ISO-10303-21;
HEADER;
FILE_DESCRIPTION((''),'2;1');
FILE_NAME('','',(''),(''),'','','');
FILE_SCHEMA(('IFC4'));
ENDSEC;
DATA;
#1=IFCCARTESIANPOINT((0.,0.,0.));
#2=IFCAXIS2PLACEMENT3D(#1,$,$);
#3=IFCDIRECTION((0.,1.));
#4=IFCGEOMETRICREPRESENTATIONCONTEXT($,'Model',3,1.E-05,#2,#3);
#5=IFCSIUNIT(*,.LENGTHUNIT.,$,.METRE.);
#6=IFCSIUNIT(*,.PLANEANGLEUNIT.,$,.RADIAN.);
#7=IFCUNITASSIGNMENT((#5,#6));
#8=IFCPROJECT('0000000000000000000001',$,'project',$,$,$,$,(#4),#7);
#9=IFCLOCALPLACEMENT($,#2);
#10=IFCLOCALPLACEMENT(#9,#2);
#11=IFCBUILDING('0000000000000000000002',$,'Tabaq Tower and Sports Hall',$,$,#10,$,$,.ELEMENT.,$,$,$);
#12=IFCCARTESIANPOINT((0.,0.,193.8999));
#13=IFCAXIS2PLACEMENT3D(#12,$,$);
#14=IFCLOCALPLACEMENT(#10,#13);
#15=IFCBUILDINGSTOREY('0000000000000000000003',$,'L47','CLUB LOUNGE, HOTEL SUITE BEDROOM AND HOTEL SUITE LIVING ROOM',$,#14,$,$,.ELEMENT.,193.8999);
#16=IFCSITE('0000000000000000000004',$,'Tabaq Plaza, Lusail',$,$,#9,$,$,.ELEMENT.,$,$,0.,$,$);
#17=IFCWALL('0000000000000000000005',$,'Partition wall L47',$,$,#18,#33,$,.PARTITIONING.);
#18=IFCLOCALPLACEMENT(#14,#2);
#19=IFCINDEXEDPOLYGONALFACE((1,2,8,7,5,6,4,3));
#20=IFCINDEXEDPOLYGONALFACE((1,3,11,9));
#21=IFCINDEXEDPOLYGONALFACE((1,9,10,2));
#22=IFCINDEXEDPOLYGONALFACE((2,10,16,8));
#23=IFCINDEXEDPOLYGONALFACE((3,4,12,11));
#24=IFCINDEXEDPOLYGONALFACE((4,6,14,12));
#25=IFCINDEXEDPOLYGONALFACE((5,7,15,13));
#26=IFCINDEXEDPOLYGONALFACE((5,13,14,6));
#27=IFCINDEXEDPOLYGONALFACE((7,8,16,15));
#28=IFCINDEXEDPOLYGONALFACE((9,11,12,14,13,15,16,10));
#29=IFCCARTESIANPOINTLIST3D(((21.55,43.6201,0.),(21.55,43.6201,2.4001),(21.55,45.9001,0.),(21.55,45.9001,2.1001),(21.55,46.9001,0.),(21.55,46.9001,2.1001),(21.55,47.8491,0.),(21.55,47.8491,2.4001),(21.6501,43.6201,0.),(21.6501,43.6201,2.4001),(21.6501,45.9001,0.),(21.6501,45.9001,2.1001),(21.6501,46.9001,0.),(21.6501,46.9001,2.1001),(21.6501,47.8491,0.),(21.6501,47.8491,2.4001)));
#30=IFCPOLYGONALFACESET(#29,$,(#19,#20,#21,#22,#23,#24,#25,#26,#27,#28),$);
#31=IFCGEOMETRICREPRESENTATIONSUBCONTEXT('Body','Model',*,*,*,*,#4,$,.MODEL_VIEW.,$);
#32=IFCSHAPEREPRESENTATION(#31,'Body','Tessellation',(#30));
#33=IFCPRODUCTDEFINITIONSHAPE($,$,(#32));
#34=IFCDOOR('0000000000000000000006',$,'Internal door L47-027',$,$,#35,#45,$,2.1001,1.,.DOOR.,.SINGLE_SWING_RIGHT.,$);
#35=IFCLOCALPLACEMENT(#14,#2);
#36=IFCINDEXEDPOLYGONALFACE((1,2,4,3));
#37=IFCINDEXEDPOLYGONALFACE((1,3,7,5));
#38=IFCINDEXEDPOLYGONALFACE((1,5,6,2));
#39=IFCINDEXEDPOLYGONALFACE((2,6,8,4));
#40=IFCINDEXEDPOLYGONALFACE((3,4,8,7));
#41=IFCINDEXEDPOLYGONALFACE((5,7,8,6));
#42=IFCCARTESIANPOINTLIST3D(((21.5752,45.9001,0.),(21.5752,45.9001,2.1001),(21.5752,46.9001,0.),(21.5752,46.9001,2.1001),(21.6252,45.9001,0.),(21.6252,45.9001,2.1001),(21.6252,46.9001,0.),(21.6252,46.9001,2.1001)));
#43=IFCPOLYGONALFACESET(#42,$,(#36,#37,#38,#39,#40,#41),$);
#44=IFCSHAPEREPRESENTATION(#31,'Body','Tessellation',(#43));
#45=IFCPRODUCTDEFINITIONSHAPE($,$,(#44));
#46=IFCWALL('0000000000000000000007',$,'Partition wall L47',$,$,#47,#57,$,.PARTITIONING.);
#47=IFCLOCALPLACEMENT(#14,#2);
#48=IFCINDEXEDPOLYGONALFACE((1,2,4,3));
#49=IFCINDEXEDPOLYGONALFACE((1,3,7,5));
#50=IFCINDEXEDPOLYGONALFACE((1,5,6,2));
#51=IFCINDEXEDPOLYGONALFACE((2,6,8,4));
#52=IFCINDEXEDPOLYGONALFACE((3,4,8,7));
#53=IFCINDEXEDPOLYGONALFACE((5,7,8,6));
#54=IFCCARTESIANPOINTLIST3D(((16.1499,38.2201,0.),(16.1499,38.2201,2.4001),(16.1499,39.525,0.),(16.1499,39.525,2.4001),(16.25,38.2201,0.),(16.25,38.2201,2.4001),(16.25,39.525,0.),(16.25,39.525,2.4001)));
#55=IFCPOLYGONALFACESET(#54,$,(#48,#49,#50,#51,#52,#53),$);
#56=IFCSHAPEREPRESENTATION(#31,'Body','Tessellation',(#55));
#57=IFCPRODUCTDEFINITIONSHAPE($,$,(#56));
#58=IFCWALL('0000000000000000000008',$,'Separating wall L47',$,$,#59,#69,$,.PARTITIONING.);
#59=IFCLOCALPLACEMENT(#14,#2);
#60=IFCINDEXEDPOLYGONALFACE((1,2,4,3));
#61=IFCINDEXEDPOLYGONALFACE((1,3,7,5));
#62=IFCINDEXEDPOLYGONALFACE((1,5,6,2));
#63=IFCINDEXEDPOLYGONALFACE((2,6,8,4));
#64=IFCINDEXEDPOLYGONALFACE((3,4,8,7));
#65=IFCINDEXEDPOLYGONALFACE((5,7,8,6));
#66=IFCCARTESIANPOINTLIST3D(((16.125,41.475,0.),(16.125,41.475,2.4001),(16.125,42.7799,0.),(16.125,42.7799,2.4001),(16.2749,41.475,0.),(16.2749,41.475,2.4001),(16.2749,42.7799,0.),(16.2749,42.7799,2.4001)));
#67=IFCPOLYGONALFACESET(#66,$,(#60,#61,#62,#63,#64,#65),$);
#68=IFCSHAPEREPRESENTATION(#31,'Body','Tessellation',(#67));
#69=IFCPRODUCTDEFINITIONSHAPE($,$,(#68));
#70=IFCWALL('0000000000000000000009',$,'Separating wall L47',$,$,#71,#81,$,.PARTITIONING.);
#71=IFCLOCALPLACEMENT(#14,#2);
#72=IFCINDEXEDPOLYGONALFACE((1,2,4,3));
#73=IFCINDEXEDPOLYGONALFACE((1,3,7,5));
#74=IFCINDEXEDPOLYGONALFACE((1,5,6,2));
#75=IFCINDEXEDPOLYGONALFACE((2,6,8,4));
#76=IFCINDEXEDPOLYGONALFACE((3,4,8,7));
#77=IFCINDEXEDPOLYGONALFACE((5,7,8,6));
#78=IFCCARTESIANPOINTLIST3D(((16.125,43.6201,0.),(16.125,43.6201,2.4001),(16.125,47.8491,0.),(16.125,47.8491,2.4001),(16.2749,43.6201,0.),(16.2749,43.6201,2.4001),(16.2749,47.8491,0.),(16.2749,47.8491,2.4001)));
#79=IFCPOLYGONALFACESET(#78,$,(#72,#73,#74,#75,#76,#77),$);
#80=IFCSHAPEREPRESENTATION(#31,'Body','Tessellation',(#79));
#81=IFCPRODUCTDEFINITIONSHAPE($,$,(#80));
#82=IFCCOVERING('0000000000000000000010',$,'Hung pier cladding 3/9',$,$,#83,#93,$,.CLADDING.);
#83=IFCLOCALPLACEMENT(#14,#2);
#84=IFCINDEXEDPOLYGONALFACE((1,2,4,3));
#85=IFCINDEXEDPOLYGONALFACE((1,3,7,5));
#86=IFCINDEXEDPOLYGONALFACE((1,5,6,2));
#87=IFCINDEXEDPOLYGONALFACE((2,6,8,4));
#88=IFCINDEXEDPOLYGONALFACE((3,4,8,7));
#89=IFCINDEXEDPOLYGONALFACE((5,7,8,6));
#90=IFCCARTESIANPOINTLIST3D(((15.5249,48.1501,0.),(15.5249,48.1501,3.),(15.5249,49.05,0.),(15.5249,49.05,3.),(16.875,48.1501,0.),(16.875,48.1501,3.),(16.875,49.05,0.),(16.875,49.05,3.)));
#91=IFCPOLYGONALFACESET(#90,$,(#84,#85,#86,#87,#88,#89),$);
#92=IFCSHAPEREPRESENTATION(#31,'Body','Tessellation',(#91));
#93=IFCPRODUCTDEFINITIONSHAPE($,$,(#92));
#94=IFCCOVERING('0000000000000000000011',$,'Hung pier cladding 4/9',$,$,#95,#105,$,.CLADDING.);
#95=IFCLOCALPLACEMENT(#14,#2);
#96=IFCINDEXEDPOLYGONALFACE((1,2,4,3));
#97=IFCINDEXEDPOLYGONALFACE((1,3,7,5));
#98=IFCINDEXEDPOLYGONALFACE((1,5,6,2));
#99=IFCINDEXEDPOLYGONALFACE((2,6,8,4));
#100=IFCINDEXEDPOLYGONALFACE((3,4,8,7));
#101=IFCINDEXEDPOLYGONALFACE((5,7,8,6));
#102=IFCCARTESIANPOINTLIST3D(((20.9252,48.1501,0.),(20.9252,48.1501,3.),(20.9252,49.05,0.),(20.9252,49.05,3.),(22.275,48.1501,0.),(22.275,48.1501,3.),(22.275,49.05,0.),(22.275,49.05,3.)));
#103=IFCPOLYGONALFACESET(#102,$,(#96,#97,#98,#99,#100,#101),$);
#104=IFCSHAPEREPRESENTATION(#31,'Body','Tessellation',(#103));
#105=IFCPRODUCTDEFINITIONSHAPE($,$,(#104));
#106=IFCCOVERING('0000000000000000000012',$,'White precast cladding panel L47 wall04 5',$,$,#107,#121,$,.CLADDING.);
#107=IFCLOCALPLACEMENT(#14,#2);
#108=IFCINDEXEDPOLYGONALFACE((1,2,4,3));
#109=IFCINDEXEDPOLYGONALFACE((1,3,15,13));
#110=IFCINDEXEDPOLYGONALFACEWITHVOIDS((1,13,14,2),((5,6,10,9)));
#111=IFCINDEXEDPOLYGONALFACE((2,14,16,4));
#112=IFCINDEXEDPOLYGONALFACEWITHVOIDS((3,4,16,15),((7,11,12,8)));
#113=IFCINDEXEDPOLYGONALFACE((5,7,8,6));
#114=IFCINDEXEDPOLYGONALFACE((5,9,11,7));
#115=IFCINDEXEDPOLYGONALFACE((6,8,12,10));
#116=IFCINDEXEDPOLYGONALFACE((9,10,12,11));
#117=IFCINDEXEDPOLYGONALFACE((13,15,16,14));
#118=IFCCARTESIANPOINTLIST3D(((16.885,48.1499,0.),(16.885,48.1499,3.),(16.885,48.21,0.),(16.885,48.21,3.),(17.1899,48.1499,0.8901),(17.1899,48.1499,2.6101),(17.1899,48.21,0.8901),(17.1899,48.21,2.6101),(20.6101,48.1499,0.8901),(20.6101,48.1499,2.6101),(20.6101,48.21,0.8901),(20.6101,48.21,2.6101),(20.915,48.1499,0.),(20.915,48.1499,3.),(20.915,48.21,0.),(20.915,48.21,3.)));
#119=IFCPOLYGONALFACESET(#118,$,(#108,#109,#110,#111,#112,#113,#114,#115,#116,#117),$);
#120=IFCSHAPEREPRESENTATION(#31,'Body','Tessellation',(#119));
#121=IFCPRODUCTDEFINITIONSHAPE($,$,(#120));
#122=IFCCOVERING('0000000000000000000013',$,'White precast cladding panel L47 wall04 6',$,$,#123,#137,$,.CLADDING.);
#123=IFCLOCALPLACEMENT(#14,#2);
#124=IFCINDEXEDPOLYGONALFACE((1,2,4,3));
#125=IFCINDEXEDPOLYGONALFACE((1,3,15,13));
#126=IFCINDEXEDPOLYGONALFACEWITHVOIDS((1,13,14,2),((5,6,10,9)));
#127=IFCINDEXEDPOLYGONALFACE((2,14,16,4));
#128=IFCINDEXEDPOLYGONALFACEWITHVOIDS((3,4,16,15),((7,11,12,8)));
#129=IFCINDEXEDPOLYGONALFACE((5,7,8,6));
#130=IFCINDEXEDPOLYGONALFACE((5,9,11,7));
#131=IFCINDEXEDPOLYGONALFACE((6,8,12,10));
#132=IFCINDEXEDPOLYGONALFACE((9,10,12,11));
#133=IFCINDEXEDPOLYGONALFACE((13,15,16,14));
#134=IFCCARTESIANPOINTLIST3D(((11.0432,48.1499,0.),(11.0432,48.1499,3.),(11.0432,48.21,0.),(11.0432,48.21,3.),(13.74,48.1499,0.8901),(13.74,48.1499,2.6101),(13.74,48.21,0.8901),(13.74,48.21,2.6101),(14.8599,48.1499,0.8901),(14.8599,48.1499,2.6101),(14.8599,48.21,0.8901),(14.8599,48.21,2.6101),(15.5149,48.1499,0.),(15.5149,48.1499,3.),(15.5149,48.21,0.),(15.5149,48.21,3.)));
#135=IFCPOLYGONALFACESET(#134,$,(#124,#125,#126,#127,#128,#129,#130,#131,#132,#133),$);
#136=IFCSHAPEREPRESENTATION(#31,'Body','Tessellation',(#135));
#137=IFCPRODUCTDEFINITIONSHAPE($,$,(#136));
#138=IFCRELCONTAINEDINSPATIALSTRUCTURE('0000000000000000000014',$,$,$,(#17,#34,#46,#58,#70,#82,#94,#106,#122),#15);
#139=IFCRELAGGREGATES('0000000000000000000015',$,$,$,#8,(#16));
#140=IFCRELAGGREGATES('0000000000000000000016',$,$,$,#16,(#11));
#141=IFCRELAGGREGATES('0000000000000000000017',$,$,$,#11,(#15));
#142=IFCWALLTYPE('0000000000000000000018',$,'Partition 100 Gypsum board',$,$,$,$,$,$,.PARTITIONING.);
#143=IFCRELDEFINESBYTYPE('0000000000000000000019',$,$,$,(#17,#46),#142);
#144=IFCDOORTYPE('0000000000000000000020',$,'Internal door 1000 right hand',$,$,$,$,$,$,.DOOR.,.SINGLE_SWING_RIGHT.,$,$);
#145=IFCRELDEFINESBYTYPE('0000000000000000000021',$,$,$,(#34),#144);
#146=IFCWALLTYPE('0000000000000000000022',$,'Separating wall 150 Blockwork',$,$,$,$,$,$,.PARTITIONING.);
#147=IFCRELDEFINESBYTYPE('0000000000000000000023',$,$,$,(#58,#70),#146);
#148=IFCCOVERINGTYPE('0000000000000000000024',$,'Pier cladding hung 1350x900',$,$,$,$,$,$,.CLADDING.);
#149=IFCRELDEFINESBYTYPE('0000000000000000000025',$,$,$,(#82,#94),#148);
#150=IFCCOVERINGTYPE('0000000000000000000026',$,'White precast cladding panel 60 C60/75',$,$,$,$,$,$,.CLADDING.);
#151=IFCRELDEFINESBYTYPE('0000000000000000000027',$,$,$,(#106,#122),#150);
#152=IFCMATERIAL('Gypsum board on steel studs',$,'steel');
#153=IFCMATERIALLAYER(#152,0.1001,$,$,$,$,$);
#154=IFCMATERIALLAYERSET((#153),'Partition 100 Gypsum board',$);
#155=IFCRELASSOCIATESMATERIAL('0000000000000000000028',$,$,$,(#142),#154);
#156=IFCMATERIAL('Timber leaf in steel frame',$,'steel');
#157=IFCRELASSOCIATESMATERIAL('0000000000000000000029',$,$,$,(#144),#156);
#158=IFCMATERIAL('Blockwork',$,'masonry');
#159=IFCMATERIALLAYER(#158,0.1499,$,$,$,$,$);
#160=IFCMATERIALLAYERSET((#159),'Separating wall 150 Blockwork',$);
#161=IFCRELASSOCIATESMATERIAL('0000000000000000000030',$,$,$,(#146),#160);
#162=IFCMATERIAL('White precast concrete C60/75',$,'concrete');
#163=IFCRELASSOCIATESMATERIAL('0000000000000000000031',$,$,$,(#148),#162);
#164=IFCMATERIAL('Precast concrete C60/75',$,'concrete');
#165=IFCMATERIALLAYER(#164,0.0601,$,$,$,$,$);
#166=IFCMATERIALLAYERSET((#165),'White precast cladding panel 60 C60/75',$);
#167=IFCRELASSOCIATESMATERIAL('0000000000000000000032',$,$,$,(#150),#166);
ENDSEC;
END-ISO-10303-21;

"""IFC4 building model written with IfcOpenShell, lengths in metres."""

from ifc_helpers import new_model, si_unit, direction, frame, frame_2d, origin, place, context, subcontext, project, spatial, polyline, rectangle, outline, extrude, material, layer, layer_set, type_object, element, fill, save


model = new_model("IFC4")

# Units and contexts
model_context = context("Model", 3, precision=1e-05, world=origin(), true_north=direction((0.0, 1.0)))
body_context = subcontext(model_context, "Body", "Model", "MODEL_VIEW")
ifc_project = project(units=[si_unit("LENGTHUNIT", "METRE"), si_unit("PLANEANGLEUNIT", "RADIAN")], contexts=[model_context])

# Site, building, storey
site_placement = place(None, origin())
site = spatial("IfcSite", under=ifc_project, at=site_placement, Name="Tabaq Plaza, Lusail", CompositionType="ELEMENT", RefElevation=0.0)
building_placement = place(site_placement, origin())
building = spatial("IfcBuilding", under=site, at=building_placement, Name="Tabaq Tower and Sports Hall", CompositionType="ELEMENT")
storey_placement = place(building_placement, frame((0.0, 0.0, 193.8999)))
storey = spatial("IfcBuildingStorey", under=building, at=storey_placement, Name="L47", Description="CLUB LOUNGE, HOTEL SUITE BEDROOM AND HOTEL SUITE LIVING ROOM", CompositionType="ELEMENT", Elevation=193.8999)

# Shared definitions
ifc_material_1 = material(Name="Gypsum board on steel studs", Category="steel")
ifc_layer_1 = layer(ifc_material_1, 0.1001)
ifc_layer_set_1 = layer_set([ifc_layer_1], Name="Partition 100 Gypsum board")
wall_type_1 = type_object("IfcWallType", Name="Partition 100 Gypsum board", PredefinedType="PARTITIONING", material=ifc_layer_set_1)

# Wall, opening, door
wall_1_placement = place(storey_placement, frame((21.6001, 43.6201, 0.0), z_axis=(0.0, 0.0, 1.0), x_axis=(0.0, 1.0, 0.0)))
wall_1 = element("IfcWall", 1, at=wall_1_placement, inside=storey, type_object=wall_type_1, Name="Partition wall L47", PredefinedType="PARTITIONING", context=body_context, shape_type="SweptSolid", body=[
    extrude(rectangle(XDim=4.229, YDim=0.1001, at=frame_2d((2.1145, 0.0))), origin(), (0.0, 0.0, 1.0), 2.4001),
])
opening_1_placement = place(wall_1_placement, frame((2.28, 0.0, 0.0)))
opening_1 = element("IfcOpeningElement", 2, at=opening_1_placement, cuts=wall_1, PredefinedType="OPENING", context=body_context, shape_type="SweptSolid", body=[
    extrude(rectangle(XDim=1.0, YDim=2.1001, at=frame_2d((0.5, 1.05))), frame((0.0, 0.05, 0.0), z_axis=(0.0, -1.0, 0.0), x_axis=(1.0, 0.0, 0.0)), (0.0, 0.0, 1.0), 0.1001),
])
ifc_material_2 = material(Name="Timber leaf in steel frame", Category="steel")
door_type_1 = type_object("IfcDoorType", Name="Internal door 1000 right hand", OperationType="SINGLE_SWING_RIGHT", PredefinedType="DOOR", material=ifc_material_2)
door_1_placement = place(opening_1_placement, origin())
door_1 = element("IfcDoor", 3, at=door_1_placement, inside=storey, type_object=door_type_1, Name="Internal door L47-027", OperationType="SINGLE_SWING_RIGHT", OverallHeight=2.1001, OverallWidth=1.0, PredefinedType="DOOR", context=body_context, shape_type="SweptSolid", body=[
    extrude(rectangle(XDim=1.0, YDim=2.1001, at=frame_2d((0.5, 1.05))), frame((0.0, 0.0249, 0.0), z_axis=(0.0, -1.0, 0.0), x_axis=(1.0, 0.0, 0.0)), (0.0, 0.0, 1.0), 0.05),
])
fill(opening_1, door_1)

# Walls
wall_2_placement = place(storey_placement, frame((16.2, 39.5249, 0.0), z_axis=(0.0, 0.0, 1.0), x_axis=(0.0, -1.0, 0.0)))
element("IfcWall", 4, at=wall_2_placement, inside=storey, type_object=wall_type_1, Name="Partition wall L47", PredefinedType="PARTITIONING", context=body_context, shape_type="SweptSolid", body=[
    extrude(rectangle(XDim=1.3049, YDim=0.1001, at=frame_2d((0.6523, 0.0))), origin(), (0.0, 0.0, 1.0), 2.4001),
])
ifc_material_3 = material(Name="Blockwork", Category="masonry")
ifc_layer_2 = layer(ifc_material_3, 0.1499)
ifc_layer_set_2 = layer_set([ifc_layer_2], Name="Separating wall 150 Blockwork")
wall_type_2 = type_object("IfcWallType", Name="Separating wall 150 Blockwork", PredefinedType="PARTITIONING", material=ifc_layer_set_2)
wall_3_placement = place(storey_placement, frame((16.2, 41.4751, 0.0), z_axis=(0.0, 0.0, 1.0), x_axis=(0.0, 1.0, 0.0)))
element("IfcWall", 5, at=wall_3_placement, inside=storey, type_object=wall_type_2, Name="Separating wall L47", PredefinedType="PARTITIONING", context=body_context, shape_type="SweptSolid", body=[
    extrude(rectangle(XDim=1.3049, YDim=0.1499, at=frame_2d((0.6523, 0.0))), origin(), (0.0, 0.0, 1.0), 2.4001),
])
wall_4_placement = place(storey_placement, frame((16.2, 43.6201, 0.0), z_axis=(0.0, 0.0, 1.0), x_axis=(0.0, 1.0, 0.0)))
element("IfcWall", 6, at=wall_4_placement, inside=storey, type_object=wall_type_2, Name="Separating wall L47", PredefinedType="PARTITIONING", context=body_context, shape_type="SweptSolid", body=[
    extrude(rectangle(XDim=4.229, YDim=0.1499, at=frame_2d((2.1145, 0.0))), origin(), (0.0, 0.0, 1.0), 2.4001),
])

# Coverings
ifc_material_4 = material(Name="White precast concrete C60/75", Category="concrete")
covering_type_1 = type_object("IfcCoveringType", Name="Pier cladding hung 1350x900", PredefinedType="CLADDING", material=ifc_material_4)
covering_1_placement = place(storey_placement, frame((16.875, 48.6001, 0.0), z_axis=(0.0, 0.0, 1.0), x_axis=(-1.0, 0.0, 0.0)))
element("IfcCovering", 7, at=covering_1_placement, inside=storey, type_object=covering_type_1, Name="Hung pier cladding 3/9", PredefinedType="CLADDING", context=body_context, shape_type="SweptSolid", body=[
    extrude(rectangle(XDim=1.3501, YDim=0.8999, at=frame_2d((0.675, 0.0))), origin(), (0.0, 0.0, 1.0), 3.0),
])
covering_2_placement = place(storey_placement, frame((22.2749, 48.6001, 0.0), z_axis=(0.0, 0.0, 1.0), x_axis=(-1.0, 0.0, 0.0)))
element("IfcCovering", 8, at=covering_2_placement, inside=storey, type_object=covering_type_1, Name="Hung pier cladding 4/9", PredefinedType="CLADDING", context=body_context, shape_type="SweptSolid", body=[
    extrude(rectangle(XDim=1.3499, YDim=0.8999, at=frame_2d((0.6748, 0.0))), origin(), (0.0, 0.0, 1.0), 3.0),
])
ifc_material_5 = material(Name="Precast concrete C60/75", Category="concrete")
ifc_layer_3 = layer(ifc_material_5, 0.0601)
ifc_layer_set_3 = layer_set([ifc_layer_3], Name="White precast cladding panel 60 C60/75")
covering_type_2 = type_object("IfcCoveringType", Name="White precast cladding panel 60 C60/75", PredefinedType="CLADDING", material=ifc_layer_set_3)
covering_3_placement = place(storey_placement, frame((20.915, 48.1799, 0.0), z_axis=(0.0, 0.0, 1.0), x_axis=(-1.0, 0.0, 0.0)))
element("IfcCovering", 9, at=covering_3_placement, inside=storey, type_object=covering_type_2, Name="White precast cladding panel L47 wall04 5", PredefinedType="CLADDING", context=body_context, shape_type="SweptSolid", body=[
    extrude(outline(polyline([(0.0, 0.0), (4.03, 0.0), (4.03, 3.0), (0.0, 3.0), (0.0, 0.0)]), holes=[polyline([(0.3049, 0.8901), (0.3049, 2.6101), (3.7251, 2.6101), (3.7251, 0.8901), (0.3049, 0.8901)])]), frame((0.0, 0.03, 0.0), z_axis=(0.0, -1.0, 0.0), x_axis=(1.0, 0.0, 0.0)), (0.0, 0.0, 1.0), 0.0601),
])
covering_4_placement = place(storey_placement, frame((15.5149, 48.1799, 0.0), z_axis=(0.0, 0.0, 1.0), x_axis=(-1.0, 0.0, 0.0)))
element("IfcCovering", 10, at=covering_4_placement, inside=storey, type_object=covering_type_2, Name="White precast cladding panel L47 wall04 6", PredefinedType="CLADDING", context=body_context, shape_type="SweptSolid", body=[
    extrude(outline(polyline([(0.0, 0.0), (4.4717, 0.0), (4.4717, 3.0), (0.0, 3.0), (0.0, 0.0)]), holes=[polyline([(0.655, 0.8901), (0.655, 2.6101), (1.7749, 2.6101), (1.7749, 0.8901), (0.655, 0.8901)])]), frame((0.0, 0.03, 0.0), z_axis=(0.0, -1.0, 0.0), x_axis=(1.0, 0.0, 0.0)), (0.0, 0.0, 1.0), 0.0601),
])

save(model, "model.ifc")
